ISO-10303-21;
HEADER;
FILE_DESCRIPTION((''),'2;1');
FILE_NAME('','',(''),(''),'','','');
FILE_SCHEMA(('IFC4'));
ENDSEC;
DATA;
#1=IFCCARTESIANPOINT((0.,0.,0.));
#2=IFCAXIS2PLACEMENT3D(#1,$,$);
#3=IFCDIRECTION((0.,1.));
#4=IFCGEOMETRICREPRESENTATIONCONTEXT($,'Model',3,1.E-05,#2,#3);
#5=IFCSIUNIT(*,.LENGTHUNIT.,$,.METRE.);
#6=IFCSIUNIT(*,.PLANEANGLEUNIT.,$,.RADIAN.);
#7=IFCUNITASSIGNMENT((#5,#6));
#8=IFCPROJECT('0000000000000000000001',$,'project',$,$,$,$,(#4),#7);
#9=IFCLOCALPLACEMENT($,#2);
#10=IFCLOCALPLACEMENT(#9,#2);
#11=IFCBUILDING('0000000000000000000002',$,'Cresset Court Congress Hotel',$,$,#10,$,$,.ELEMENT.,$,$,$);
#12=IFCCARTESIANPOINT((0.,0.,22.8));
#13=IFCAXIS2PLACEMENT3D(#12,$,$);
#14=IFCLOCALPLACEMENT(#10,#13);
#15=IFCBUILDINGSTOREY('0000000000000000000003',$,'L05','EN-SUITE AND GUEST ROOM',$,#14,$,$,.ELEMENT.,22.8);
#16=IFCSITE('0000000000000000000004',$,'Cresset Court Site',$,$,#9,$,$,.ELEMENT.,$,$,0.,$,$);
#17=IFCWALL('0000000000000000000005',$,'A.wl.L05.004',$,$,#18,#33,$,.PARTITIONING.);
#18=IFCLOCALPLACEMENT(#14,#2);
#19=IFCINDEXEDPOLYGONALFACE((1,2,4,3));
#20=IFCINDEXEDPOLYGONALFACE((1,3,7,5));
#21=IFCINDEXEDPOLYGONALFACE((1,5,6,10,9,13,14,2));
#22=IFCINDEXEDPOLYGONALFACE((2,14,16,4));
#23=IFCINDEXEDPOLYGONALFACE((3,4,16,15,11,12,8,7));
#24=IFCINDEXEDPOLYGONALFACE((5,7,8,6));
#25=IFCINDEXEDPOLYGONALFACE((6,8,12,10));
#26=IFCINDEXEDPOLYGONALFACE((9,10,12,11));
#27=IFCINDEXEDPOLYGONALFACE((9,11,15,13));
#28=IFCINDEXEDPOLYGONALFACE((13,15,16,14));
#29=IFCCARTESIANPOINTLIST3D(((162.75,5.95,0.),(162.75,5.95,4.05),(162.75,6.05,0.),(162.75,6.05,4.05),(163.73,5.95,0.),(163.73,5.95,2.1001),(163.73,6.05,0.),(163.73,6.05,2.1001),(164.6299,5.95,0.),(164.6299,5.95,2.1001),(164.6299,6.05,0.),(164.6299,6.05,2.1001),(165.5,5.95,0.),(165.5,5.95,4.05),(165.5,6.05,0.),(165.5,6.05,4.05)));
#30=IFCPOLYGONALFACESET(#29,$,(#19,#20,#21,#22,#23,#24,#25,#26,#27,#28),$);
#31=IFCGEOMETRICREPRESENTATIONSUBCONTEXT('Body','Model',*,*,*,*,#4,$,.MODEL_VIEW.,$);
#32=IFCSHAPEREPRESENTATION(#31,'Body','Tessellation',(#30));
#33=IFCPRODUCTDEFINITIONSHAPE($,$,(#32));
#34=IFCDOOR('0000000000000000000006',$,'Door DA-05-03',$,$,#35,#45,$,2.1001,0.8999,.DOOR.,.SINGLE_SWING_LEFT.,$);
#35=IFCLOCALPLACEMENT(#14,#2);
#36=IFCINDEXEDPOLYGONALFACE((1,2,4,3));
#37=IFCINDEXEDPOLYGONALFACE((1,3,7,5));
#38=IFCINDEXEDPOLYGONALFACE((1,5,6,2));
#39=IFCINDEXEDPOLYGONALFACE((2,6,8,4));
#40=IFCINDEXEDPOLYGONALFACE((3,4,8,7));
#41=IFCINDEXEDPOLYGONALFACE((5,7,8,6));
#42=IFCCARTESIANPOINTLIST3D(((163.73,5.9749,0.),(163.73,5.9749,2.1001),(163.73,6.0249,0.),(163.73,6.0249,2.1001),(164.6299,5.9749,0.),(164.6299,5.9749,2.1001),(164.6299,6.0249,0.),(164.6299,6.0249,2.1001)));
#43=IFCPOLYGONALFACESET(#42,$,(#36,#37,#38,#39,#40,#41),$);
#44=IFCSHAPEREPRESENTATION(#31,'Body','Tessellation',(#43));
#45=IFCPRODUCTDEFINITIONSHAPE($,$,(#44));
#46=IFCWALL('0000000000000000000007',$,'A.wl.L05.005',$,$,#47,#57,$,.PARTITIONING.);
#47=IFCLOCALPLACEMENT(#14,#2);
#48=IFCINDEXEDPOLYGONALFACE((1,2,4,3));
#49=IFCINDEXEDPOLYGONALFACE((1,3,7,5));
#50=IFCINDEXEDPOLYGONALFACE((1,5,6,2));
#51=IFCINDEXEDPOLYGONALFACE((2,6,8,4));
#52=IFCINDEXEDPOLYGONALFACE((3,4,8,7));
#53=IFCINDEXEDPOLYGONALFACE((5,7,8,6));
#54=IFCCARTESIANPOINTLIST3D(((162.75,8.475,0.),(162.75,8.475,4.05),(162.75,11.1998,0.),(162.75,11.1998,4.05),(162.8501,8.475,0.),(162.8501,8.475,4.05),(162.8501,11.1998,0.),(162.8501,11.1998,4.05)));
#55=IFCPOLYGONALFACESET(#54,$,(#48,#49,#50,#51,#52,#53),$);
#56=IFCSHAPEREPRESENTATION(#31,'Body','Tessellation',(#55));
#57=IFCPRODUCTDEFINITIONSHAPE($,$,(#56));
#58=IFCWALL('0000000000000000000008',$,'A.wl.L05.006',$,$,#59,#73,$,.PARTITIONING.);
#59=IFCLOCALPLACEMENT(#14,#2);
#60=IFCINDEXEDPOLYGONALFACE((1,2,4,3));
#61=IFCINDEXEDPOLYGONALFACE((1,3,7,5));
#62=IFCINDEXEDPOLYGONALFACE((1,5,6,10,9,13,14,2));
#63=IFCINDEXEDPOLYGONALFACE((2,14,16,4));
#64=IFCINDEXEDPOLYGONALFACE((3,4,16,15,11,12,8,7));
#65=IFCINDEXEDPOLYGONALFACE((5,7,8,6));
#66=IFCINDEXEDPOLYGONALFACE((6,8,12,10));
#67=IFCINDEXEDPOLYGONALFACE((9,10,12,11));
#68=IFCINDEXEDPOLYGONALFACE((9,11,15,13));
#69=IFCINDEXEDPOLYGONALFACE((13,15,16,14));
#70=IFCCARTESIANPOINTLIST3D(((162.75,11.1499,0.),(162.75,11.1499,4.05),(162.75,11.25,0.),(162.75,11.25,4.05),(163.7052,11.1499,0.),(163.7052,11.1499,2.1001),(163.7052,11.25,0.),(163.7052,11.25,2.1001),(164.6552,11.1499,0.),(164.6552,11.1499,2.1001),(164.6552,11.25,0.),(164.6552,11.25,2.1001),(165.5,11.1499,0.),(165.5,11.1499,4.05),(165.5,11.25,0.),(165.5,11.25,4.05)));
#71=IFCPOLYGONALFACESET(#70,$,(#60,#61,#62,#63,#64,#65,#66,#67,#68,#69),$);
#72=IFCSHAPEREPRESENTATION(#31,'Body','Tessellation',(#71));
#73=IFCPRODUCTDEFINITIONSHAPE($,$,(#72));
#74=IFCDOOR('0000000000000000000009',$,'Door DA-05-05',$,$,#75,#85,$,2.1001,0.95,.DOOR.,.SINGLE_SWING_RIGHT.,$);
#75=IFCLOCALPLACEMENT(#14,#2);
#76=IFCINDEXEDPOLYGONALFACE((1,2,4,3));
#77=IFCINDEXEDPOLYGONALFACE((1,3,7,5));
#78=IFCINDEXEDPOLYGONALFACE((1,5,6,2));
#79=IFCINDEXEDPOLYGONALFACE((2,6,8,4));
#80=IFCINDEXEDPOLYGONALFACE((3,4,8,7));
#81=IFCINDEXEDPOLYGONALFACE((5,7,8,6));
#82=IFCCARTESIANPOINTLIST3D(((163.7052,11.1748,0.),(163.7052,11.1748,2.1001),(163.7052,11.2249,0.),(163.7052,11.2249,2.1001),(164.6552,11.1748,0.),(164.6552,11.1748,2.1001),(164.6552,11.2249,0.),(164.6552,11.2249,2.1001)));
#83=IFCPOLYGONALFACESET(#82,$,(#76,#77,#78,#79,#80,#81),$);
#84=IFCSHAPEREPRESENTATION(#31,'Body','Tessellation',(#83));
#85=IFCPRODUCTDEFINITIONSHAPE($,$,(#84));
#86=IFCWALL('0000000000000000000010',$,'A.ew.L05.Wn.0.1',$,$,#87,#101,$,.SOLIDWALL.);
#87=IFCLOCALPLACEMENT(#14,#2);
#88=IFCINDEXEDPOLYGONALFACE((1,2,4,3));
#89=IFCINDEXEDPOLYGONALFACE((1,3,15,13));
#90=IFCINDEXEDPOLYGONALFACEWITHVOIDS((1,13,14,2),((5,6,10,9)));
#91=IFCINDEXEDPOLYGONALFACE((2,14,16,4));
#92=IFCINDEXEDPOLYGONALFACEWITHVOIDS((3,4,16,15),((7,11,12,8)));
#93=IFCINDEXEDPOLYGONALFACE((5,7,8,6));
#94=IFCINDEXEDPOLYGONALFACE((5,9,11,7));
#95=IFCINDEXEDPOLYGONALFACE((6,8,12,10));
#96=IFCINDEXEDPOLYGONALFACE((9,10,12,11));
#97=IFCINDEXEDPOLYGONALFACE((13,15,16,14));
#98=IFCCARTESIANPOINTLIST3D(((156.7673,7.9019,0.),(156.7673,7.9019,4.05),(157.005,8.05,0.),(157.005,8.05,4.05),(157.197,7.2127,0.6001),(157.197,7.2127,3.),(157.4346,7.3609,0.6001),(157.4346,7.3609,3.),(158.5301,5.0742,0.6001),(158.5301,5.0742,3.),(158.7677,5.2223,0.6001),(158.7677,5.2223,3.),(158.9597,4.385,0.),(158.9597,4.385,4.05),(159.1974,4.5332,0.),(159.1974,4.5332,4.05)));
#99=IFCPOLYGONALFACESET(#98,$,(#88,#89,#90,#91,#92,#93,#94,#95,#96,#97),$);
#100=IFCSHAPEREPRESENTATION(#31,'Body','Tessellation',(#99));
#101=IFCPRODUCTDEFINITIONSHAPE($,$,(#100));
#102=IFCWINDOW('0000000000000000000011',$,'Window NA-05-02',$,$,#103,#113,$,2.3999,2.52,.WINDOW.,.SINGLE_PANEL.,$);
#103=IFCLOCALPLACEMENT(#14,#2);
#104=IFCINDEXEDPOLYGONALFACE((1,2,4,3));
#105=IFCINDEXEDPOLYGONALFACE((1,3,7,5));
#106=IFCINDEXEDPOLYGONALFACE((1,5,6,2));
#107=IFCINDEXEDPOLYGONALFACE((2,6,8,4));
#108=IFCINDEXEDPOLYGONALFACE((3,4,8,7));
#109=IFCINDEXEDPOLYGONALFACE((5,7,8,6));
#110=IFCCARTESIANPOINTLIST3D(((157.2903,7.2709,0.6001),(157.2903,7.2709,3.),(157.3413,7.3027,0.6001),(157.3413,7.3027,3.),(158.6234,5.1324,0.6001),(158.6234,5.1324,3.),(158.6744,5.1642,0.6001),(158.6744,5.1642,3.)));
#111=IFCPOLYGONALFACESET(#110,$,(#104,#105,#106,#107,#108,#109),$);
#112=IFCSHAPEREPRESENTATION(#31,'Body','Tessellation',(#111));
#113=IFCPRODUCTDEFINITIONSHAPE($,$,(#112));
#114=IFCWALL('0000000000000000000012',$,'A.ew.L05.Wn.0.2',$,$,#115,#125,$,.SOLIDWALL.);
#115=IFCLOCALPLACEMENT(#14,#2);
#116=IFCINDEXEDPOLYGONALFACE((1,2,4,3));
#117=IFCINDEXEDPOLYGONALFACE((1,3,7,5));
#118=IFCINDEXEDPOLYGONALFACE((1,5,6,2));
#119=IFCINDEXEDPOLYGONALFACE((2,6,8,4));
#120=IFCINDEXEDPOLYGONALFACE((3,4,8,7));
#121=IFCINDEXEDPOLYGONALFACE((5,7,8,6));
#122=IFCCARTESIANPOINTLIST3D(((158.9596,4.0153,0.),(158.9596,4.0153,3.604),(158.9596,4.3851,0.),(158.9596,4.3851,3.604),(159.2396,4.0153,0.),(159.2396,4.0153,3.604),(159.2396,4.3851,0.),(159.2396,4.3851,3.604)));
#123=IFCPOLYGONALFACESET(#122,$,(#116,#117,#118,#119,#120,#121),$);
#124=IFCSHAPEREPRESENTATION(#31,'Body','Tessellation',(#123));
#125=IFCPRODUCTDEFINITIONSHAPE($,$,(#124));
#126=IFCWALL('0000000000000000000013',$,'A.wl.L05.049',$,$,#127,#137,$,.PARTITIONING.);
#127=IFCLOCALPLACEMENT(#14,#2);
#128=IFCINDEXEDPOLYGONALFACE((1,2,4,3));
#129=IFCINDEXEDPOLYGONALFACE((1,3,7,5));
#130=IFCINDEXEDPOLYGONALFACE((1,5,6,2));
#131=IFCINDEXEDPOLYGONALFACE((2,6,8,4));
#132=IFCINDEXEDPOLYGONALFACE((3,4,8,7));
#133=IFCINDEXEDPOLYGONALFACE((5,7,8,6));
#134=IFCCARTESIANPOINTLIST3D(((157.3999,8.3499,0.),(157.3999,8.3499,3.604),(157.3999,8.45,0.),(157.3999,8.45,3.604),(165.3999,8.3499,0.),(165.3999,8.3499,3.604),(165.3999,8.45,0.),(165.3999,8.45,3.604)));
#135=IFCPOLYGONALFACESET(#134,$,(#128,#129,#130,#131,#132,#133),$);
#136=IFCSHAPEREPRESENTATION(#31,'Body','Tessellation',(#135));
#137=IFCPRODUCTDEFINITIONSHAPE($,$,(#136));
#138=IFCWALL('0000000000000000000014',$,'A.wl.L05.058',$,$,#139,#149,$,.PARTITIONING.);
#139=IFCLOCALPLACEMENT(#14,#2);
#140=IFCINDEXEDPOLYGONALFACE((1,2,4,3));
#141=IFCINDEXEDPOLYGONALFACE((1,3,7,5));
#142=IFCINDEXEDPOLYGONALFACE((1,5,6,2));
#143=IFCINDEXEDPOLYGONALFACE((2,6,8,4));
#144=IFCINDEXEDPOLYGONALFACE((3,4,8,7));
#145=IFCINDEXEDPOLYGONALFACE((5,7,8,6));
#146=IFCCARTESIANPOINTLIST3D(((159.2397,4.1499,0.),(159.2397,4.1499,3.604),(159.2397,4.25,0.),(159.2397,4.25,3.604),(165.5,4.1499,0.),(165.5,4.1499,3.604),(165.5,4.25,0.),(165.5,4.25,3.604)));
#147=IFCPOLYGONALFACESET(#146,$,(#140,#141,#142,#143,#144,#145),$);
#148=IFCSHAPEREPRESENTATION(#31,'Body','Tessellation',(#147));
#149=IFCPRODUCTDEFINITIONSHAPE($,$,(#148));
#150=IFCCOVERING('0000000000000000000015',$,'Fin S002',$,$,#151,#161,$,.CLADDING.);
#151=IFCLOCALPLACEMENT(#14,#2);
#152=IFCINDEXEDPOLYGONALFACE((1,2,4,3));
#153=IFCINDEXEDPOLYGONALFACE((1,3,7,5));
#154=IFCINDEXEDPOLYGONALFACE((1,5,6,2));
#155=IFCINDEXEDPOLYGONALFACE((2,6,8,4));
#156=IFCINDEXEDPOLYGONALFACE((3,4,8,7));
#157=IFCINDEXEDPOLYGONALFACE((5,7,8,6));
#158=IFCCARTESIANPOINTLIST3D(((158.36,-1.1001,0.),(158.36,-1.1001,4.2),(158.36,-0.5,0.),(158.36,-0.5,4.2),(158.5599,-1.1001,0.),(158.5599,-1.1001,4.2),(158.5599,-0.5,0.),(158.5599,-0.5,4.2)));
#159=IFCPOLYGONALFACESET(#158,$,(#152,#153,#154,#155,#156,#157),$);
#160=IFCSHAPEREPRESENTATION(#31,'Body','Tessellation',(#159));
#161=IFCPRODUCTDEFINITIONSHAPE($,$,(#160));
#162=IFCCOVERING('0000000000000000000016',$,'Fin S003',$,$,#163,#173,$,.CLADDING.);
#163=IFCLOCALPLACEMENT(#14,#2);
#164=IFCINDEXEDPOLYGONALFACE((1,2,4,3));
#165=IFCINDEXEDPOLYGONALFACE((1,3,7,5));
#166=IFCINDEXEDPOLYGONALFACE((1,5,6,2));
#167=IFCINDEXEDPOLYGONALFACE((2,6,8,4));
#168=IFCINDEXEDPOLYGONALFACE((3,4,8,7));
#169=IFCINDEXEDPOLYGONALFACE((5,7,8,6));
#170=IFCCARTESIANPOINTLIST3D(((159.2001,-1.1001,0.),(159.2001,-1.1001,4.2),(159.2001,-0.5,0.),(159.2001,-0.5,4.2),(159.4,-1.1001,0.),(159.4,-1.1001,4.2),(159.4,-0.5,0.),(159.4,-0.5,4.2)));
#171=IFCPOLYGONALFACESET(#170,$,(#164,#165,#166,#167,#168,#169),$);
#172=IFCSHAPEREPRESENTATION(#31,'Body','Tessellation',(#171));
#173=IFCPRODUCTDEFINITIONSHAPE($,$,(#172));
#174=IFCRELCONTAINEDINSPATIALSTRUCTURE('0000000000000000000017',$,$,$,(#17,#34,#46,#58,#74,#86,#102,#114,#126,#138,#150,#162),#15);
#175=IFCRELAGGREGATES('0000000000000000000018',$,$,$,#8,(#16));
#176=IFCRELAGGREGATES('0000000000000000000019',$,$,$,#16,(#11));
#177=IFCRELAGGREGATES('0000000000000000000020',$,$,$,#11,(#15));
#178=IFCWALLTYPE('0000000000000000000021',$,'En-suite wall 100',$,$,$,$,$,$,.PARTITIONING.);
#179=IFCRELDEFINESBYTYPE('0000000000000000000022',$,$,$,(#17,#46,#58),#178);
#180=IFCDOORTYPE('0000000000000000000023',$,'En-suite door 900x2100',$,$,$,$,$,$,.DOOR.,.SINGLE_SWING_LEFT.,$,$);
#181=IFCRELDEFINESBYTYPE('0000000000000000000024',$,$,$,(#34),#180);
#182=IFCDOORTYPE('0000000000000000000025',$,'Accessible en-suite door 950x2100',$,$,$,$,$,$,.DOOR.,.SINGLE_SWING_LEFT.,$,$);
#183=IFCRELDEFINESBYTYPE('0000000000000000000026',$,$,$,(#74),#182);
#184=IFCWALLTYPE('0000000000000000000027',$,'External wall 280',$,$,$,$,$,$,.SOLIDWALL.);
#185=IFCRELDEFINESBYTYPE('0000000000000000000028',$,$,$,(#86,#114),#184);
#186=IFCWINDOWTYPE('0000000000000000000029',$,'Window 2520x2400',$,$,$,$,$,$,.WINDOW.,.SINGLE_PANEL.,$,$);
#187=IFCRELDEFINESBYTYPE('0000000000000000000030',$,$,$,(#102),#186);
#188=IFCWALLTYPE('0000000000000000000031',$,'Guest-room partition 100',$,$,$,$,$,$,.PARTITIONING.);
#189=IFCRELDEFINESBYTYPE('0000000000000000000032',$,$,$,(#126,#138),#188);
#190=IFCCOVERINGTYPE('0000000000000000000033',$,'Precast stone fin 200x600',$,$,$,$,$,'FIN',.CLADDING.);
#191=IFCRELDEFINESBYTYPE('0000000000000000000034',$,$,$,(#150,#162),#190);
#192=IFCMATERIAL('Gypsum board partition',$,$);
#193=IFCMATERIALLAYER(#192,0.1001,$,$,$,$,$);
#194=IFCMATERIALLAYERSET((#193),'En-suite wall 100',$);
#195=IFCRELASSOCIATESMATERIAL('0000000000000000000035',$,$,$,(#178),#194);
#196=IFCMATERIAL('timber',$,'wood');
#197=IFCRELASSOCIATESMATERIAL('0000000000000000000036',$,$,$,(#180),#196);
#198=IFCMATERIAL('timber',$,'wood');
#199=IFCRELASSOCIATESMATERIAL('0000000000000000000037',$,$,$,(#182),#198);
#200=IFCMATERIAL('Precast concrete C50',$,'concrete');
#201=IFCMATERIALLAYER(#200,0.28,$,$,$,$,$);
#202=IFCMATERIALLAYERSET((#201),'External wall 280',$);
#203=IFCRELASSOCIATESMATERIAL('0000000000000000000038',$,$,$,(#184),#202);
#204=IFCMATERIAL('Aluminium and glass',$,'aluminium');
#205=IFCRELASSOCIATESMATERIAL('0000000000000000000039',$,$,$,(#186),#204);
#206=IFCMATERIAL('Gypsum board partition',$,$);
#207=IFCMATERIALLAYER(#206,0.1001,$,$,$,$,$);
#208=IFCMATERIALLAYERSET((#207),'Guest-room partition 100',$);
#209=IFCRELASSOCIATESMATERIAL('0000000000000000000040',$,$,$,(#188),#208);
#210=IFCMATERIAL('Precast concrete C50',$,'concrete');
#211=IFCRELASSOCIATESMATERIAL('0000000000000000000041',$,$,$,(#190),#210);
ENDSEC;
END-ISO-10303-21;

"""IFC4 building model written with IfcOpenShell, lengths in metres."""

from ifc_helpers import new_model, si_unit, direction, frame, frame_2d, origin, origin_2d, place, context, subcontext, project, spatial, rectangle, extrude, material, layer, layer_set, type_object, element, fill, save


model = new_model("IFC4")

# Units and contexts
model_context = context("Model", 3, precision=1e-05, world=origin(), true_north=direction((0.0, 1.0)))
body_context = subcontext(model_context, "Body", "Model", "MODEL_VIEW")
ifc_project = project(units=[si_unit("LENGTHUNIT", "METRE"), si_unit("PLANEANGLEUNIT", "RADIAN")], contexts=[model_context])

# Site, building, storey
site_placement = place(None, origin())
site = spatial("IfcSite", under=ifc_project, at=site_placement, Name="Cresset Court Site", CompositionType="ELEMENT", RefElevation=0.0)
building_placement = place(site_placement, origin())
building = spatial("IfcBuilding", under=site, at=building_placement, Name="Cresset Court Congress Hotel", CompositionType="ELEMENT")
storey_placement = place(building_placement, frame((0.0, 0.0, 22.8)))
storey = spatial("IfcBuildingStorey", under=building, at=storey_placement, Name="L05", Description="EN-SUITE AND GUEST ROOM", CompositionType="ELEMENT", Elevation=22.8)

# Shared definitions
ifc_material_1 = material(Name="Gypsum board partition")
ifc_layer_1 = layer(ifc_material_1, 0.1001)
ifc_layer_set_1 = layer_set([ifc_layer_1], Name="En-suite wall 100")
wall_type_1 = type_object("IfcWallType", Name="En-suite wall 100", PredefinedType="PARTITIONING", material=ifc_layer_set_1)

# Shared definitions
ifc_material_2 = material(Name="timber", Category="wood")
door_type_1 = type_object("IfcDoorType", Name="En-suite door 900x2100", OperationType="SINGLE_SWING_LEFT", PredefinedType="DOOR", material=ifc_material_2)

# Wall, opening, door
wall_1_placement = place(storey_placement, frame((162.75, 6.0, 0.0), z_axis=(0.0, 0.0, 1.0), x_axis=(1.0, 0.0, 0.0)))
wall_1 = element("IfcWall", 1, at=wall_1_placement, inside=storey, type_object=wall_type_1, Name="A.wl.L05.004", PredefinedType="PARTITIONING", context=body_context, shape_type="SweptSolid", body=[
    extrude(rectangle(XDim=2.75, YDim=0.1001, at=frame_2d((1.375, 0.0))), origin(), (0.0, 0.0, 1.0), 4.05),
])
opening_1_placement = place(wall_1_placement, frame((0.98, 0.0, 0.0)))
opening_1 = element("IfcOpeningElement", 2, at=opening_1_placement, cuts=wall_1, PredefinedType="OPENING", context=body_context, shape_type="SweptSolid", body=[
    extrude(rectangle(XDim=0.8999, YDim=2.1001, at=frame_2d((0.45, 1.05))), frame((0.0, 0.0601, 0.0), z_axis=(0.0, -1.0, 0.0), x_axis=(1.0, 0.0, 0.0)), (0.0, 0.0, 1.0), 0.1201),
])
door_1_placement = place(opening_1_placement, origin())
door_1 = element("IfcDoor", 3, at=door_1_placement, inside=storey, type_object=door_type_1, Name="Door DA-05-03", OperationType="SINGLE_SWING_LEFT", OverallHeight=2.1001, OverallWidth=0.8999, PredefinedType="DOOR", context=body_context, shape_type="SweptSolid", body=[
    extrude(rectangle(XDim=0.8999, YDim=2.1001, at=frame_2d((0.45, 1.05))), frame((0.0, 0.0249, 0.0), z_axis=(0.0, -1.0, 0.0), x_axis=(1.0, 0.0, 0.0)), (0.0, 0.0, 1.0), 0.05),
])
fill(opening_1, door_1)

# Wall
wall_2_placement = place(storey_placement, frame((162.8, 8.4751, 0.0), z_axis=(0.0, 0.0, 1.0), x_axis=(0.0, 1.0, 0.0)))
element("IfcWall", 4, at=wall_2_placement, inside=storey, type_object=wall_type_1, Name="A.wl.L05.005", PredefinedType="PARTITIONING", context=body_context, shape_type="SweptSolid", body=[
    extrude(rectangle(XDim=2.7249, YDim=0.1001, at=frame_2d((1.3623, 0.0))), origin(), (0.0, 0.0, 1.0), 4.05),
])

# Wall, opening, door
wall_3_placement = place(storey_placement, frame((162.75, 11.2, 0.0), z_axis=(0.0, 0.0, 1.0), x_axis=(1.0, 0.0, 0.0)))
wall_3 = element("IfcWall", 5, at=wall_3_placement, inside=storey, type_object=wall_type_1, Name="A.wl.L05.006", PredefinedType="PARTITIONING", context=body_context, shape_type="SweptSolid", body=[
    extrude(rectangle(XDim=2.75, YDim=0.1001, at=frame_2d((1.375, 0.0))), origin(), (0.0, 0.0, 1.0), 4.05),
])
opening_2_placement = place(wall_3_placement, frame((0.9551, 0.0, 0.0)))
opening_2 = element("IfcOpeningElement", 6, at=opening_2_placement, cuts=wall_3, PredefinedType="OPENING", context=body_context, shape_type="SweptSolid", body=[
    extrude(rectangle(XDim=0.95, YDim=2.1001, at=frame_2d((0.4751, 1.05))), frame((0.0, 0.0601, 0.0), z_axis=(0.0, -1.0, 0.0), x_axis=(1.0, 0.0, 0.0)), (0.0, 0.0, 1.0), 0.1201),
])
ifc_material_3 = material(Name="timber", Category="wood")
door_type_2 = type_object("IfcDoorType", Name="Accessible en-suite door 950x2100", OperationType="SINGLE_SWING_LEFT", PredefinedType="DOOR", material=ifc_material_3)
door_2_placement = place(opening_2_placement, origin())
door_2 = element("IfcDoor", 7, at=door_2_placement, inside=storey, type_object=door_type_2, Name="Door DA-05-05", OperationType="SINGLE_SWING_RIGHT", OverallHeight=2.1001, OverallWidth=0.95, PredefinedType="DOOR", context=body_context, shape_type="SweptSolid", body=[
    extrude(rectangle(XDim=0.95, YDim=2.1001, at=frame_2d((0.4751, 1.05))), frame((0.0, 0.0249, 0.0), z_axis=(0.0, -1.0, 0.0), x_axis=(1.0, 0.0, 0.0)), (0.0, 0.0, 1.0), 0.05),
])
fill(opening_2, door_2)

# Wall, opening, window
ifc_material_4 = material(Name="Precast concrete C50", Category="concrete")
ifc_layer_2 = layer(ifc_material_4, 0.28)
ifc_layer_set_2 = layer_set([ifc_layer_2], Name="External wall 280")
wall_type_2 = type_object("IfcWallType", Name="External wall 280", PredefinedType="SOLIDWALL", material=ifc_layer_set_2)
wall_4_placement = place(storey_placement, frame((159.0786, 4.459, 0.0), z_axis=(0.0, 0.0, 1.0), x_axis=(-0.529019, 0.84861, 0.0)))
wall_4 = element("IfcWall", 8, at=wall_4_placement, inside=storey, type_object=wall_type_2, Name="A.ew.L05.Wn.0.1", PredefinedType="SOLIDWALL", context=body_context, shape_type="SweptSolid", body=[
    extrude(rectangle(XDim=4.1443, YDim=0.28, at=frame_2d((2.0723, 0.0))), origin(), (0.0, 0.0, 1.0), 4.05),
])
opening_3_placement = place(wall_4_placement, frame((0.8123, 0.0, 0.6001)))
opening_3 = element("IfcOpeningElement", 9, at=opening_3_placement, cuts=wall_4, PredefinedType="OPENING", context=body_context, shape_type="SweptSolid", body=[
    extrude(rectangle(XDim=2.52, YDim=2.3999, at=frame_2d((1.26, 1.2))), frame((0.0, 0.1499, 0.0), z_axis=(0.0, -1.0, 0.0), x_axis=(1.0, 0.0, 0.0)), (0.0, 0.0, 1.0), 0.3),
])
ifc_material_5 = material(Name="Aluminium and glass", Category="aluminium")
window_type = type_object("IfcWindowType", Name="Window 2520x2400", PartitioningType="SINGLE_PANEL", PredefinedType="WINDOW", material=ifc_material_5)
window_placement = place(opening_3_placement, origin())
window = element("IfcWindow", 10, at=window_placement, inside=storey, type_object=window_type, Name="Window NA-05-02", OverallHeight=2.3999, OverallWidth=2.52, PartitioningType="SINGLE_PANEL", PredefinedType="WINDOW", context=body_context, shape_type="SweptSolid", body=[
    extrude(rectangle(XDim=2.52, YDim=2.3999, at=frame_2d((1.26, 1.2))), frame((0.0, 0.03, 0.0), z_axis=(0.0, -1.0, 0.0), x_axis=(1.0, 0.0, 0.0)), (0.0, 0.0, 1.0), 0.0601),
])
fill(opening_3, window)

# Walls
wall_5_placement = place(storey_placement, frame((159.0996, 4.0151, 0.0), z_axis=(0.0, 0.0, 1.0), x_axis=(0.0, 1.0, 0.0)))
element("IfcWall", 11, at=wall_5_placement, inside=storey, type_object=wall_type_2, Name="A.ew.L05.Wn.0.2", PredefinedType="SOLIDWALL", context=body_context, shape_type="SweptSolid", body=[
    extrude(rectangle(XDim=0.3699, YDim=0.28, at=frame_2d((0.1851, 0.0))), origin(), (0.0, 0.0, 1.0), 3.604),
])
ifc_material_6 = material(Name="Gypsum board partition")
ifc_layer_3 = layer(ifc_material_6, 0.1001)
ifc_layer_set_3 = layer_set([ifc_layer_3], Name="Guest-room partition 100")
wall_type_3 = type_object("IfcWallType", Name="Guest-room partition 100", PredefinedType="PARTITIONING", material=ifc_layer_set_3)
wall_6_placement = place(storey_placement, frame((157.3999, 8.3999, 0.0), z_axis=(0.0, 0.0, 1.0), x_axis=(1.0, 0.0, 0.0)))
element("IfcWall", 12, at=wall_6_placement, inside=storey, type_object=wall_type_3, Name="A.wl.L05.049", PredefinedType="PARTITIONING", context=body_context, shape_type="SweptSolid", body=[
    extrude(rectangle(XDim=8.0, YDim=0.1001, at=frame_2d((4.0, 0.0))), origin(), (0.0, 0.0, 1.0), 3.604),
])
wall_7_placement = place(storey_placement, frame((159.2397, 4.2, 0.0), z_axis=(0.0, 0.0, 1.0), x_axis=(1.0, 0.0, 0.0)))
element("IfcWall", 13, at=wall_7_placement, inside=storey, type_object=wall_type_3, Name="A.wl.L05.058", PredefinedType="PARTITIONING", context=body_context, shape_type="SweptSolid", body=[
    extrude(rectangle(XDim=6.2603, YDim=0.1001, at=frame_2d((3.1301, 0.0))), origin(), (0.0, 0.0, 1.0), 3.604),
])

# Coverings
ifc_material_7 = material(Name="Precast concrete C50", Category="concrete")
covering_type_1 = type_object("IfcCoveringType", Name="Precast stone fin 200x600", ElementType="FIN", PredefinedType="CLADDING", material=ifc_material_7)
for number, where, z_axis, x_axis, name in (
    (14, (158.46, -0.8, 0.0), (0.0, 0.0, 1.0), (1.0, 0.0, 0.0), "Fin S002"),
    (15, (159.3, -0.8, 0.0), (0.0, 0.0, 1.0), (1.0, 0.0, 0.0), "Fin S003"),
):
    element("IfcCovering", number, at=place(storey_placement, frame(where, z_axis=z_axis, x_axis=x_axis)), inside=storey, type_object=covering_type_1, Name=name, PredefinedType="CLADDING", context=body_context, shape_type="SweptSolid", body=[
        extrude(rectangle(XDim=0.2, YDim=0.6001, at=origin_2d()), origin(), (0.0, 0.0, 1.0), 4.2),
    ])

save(model, "model.ifc")
